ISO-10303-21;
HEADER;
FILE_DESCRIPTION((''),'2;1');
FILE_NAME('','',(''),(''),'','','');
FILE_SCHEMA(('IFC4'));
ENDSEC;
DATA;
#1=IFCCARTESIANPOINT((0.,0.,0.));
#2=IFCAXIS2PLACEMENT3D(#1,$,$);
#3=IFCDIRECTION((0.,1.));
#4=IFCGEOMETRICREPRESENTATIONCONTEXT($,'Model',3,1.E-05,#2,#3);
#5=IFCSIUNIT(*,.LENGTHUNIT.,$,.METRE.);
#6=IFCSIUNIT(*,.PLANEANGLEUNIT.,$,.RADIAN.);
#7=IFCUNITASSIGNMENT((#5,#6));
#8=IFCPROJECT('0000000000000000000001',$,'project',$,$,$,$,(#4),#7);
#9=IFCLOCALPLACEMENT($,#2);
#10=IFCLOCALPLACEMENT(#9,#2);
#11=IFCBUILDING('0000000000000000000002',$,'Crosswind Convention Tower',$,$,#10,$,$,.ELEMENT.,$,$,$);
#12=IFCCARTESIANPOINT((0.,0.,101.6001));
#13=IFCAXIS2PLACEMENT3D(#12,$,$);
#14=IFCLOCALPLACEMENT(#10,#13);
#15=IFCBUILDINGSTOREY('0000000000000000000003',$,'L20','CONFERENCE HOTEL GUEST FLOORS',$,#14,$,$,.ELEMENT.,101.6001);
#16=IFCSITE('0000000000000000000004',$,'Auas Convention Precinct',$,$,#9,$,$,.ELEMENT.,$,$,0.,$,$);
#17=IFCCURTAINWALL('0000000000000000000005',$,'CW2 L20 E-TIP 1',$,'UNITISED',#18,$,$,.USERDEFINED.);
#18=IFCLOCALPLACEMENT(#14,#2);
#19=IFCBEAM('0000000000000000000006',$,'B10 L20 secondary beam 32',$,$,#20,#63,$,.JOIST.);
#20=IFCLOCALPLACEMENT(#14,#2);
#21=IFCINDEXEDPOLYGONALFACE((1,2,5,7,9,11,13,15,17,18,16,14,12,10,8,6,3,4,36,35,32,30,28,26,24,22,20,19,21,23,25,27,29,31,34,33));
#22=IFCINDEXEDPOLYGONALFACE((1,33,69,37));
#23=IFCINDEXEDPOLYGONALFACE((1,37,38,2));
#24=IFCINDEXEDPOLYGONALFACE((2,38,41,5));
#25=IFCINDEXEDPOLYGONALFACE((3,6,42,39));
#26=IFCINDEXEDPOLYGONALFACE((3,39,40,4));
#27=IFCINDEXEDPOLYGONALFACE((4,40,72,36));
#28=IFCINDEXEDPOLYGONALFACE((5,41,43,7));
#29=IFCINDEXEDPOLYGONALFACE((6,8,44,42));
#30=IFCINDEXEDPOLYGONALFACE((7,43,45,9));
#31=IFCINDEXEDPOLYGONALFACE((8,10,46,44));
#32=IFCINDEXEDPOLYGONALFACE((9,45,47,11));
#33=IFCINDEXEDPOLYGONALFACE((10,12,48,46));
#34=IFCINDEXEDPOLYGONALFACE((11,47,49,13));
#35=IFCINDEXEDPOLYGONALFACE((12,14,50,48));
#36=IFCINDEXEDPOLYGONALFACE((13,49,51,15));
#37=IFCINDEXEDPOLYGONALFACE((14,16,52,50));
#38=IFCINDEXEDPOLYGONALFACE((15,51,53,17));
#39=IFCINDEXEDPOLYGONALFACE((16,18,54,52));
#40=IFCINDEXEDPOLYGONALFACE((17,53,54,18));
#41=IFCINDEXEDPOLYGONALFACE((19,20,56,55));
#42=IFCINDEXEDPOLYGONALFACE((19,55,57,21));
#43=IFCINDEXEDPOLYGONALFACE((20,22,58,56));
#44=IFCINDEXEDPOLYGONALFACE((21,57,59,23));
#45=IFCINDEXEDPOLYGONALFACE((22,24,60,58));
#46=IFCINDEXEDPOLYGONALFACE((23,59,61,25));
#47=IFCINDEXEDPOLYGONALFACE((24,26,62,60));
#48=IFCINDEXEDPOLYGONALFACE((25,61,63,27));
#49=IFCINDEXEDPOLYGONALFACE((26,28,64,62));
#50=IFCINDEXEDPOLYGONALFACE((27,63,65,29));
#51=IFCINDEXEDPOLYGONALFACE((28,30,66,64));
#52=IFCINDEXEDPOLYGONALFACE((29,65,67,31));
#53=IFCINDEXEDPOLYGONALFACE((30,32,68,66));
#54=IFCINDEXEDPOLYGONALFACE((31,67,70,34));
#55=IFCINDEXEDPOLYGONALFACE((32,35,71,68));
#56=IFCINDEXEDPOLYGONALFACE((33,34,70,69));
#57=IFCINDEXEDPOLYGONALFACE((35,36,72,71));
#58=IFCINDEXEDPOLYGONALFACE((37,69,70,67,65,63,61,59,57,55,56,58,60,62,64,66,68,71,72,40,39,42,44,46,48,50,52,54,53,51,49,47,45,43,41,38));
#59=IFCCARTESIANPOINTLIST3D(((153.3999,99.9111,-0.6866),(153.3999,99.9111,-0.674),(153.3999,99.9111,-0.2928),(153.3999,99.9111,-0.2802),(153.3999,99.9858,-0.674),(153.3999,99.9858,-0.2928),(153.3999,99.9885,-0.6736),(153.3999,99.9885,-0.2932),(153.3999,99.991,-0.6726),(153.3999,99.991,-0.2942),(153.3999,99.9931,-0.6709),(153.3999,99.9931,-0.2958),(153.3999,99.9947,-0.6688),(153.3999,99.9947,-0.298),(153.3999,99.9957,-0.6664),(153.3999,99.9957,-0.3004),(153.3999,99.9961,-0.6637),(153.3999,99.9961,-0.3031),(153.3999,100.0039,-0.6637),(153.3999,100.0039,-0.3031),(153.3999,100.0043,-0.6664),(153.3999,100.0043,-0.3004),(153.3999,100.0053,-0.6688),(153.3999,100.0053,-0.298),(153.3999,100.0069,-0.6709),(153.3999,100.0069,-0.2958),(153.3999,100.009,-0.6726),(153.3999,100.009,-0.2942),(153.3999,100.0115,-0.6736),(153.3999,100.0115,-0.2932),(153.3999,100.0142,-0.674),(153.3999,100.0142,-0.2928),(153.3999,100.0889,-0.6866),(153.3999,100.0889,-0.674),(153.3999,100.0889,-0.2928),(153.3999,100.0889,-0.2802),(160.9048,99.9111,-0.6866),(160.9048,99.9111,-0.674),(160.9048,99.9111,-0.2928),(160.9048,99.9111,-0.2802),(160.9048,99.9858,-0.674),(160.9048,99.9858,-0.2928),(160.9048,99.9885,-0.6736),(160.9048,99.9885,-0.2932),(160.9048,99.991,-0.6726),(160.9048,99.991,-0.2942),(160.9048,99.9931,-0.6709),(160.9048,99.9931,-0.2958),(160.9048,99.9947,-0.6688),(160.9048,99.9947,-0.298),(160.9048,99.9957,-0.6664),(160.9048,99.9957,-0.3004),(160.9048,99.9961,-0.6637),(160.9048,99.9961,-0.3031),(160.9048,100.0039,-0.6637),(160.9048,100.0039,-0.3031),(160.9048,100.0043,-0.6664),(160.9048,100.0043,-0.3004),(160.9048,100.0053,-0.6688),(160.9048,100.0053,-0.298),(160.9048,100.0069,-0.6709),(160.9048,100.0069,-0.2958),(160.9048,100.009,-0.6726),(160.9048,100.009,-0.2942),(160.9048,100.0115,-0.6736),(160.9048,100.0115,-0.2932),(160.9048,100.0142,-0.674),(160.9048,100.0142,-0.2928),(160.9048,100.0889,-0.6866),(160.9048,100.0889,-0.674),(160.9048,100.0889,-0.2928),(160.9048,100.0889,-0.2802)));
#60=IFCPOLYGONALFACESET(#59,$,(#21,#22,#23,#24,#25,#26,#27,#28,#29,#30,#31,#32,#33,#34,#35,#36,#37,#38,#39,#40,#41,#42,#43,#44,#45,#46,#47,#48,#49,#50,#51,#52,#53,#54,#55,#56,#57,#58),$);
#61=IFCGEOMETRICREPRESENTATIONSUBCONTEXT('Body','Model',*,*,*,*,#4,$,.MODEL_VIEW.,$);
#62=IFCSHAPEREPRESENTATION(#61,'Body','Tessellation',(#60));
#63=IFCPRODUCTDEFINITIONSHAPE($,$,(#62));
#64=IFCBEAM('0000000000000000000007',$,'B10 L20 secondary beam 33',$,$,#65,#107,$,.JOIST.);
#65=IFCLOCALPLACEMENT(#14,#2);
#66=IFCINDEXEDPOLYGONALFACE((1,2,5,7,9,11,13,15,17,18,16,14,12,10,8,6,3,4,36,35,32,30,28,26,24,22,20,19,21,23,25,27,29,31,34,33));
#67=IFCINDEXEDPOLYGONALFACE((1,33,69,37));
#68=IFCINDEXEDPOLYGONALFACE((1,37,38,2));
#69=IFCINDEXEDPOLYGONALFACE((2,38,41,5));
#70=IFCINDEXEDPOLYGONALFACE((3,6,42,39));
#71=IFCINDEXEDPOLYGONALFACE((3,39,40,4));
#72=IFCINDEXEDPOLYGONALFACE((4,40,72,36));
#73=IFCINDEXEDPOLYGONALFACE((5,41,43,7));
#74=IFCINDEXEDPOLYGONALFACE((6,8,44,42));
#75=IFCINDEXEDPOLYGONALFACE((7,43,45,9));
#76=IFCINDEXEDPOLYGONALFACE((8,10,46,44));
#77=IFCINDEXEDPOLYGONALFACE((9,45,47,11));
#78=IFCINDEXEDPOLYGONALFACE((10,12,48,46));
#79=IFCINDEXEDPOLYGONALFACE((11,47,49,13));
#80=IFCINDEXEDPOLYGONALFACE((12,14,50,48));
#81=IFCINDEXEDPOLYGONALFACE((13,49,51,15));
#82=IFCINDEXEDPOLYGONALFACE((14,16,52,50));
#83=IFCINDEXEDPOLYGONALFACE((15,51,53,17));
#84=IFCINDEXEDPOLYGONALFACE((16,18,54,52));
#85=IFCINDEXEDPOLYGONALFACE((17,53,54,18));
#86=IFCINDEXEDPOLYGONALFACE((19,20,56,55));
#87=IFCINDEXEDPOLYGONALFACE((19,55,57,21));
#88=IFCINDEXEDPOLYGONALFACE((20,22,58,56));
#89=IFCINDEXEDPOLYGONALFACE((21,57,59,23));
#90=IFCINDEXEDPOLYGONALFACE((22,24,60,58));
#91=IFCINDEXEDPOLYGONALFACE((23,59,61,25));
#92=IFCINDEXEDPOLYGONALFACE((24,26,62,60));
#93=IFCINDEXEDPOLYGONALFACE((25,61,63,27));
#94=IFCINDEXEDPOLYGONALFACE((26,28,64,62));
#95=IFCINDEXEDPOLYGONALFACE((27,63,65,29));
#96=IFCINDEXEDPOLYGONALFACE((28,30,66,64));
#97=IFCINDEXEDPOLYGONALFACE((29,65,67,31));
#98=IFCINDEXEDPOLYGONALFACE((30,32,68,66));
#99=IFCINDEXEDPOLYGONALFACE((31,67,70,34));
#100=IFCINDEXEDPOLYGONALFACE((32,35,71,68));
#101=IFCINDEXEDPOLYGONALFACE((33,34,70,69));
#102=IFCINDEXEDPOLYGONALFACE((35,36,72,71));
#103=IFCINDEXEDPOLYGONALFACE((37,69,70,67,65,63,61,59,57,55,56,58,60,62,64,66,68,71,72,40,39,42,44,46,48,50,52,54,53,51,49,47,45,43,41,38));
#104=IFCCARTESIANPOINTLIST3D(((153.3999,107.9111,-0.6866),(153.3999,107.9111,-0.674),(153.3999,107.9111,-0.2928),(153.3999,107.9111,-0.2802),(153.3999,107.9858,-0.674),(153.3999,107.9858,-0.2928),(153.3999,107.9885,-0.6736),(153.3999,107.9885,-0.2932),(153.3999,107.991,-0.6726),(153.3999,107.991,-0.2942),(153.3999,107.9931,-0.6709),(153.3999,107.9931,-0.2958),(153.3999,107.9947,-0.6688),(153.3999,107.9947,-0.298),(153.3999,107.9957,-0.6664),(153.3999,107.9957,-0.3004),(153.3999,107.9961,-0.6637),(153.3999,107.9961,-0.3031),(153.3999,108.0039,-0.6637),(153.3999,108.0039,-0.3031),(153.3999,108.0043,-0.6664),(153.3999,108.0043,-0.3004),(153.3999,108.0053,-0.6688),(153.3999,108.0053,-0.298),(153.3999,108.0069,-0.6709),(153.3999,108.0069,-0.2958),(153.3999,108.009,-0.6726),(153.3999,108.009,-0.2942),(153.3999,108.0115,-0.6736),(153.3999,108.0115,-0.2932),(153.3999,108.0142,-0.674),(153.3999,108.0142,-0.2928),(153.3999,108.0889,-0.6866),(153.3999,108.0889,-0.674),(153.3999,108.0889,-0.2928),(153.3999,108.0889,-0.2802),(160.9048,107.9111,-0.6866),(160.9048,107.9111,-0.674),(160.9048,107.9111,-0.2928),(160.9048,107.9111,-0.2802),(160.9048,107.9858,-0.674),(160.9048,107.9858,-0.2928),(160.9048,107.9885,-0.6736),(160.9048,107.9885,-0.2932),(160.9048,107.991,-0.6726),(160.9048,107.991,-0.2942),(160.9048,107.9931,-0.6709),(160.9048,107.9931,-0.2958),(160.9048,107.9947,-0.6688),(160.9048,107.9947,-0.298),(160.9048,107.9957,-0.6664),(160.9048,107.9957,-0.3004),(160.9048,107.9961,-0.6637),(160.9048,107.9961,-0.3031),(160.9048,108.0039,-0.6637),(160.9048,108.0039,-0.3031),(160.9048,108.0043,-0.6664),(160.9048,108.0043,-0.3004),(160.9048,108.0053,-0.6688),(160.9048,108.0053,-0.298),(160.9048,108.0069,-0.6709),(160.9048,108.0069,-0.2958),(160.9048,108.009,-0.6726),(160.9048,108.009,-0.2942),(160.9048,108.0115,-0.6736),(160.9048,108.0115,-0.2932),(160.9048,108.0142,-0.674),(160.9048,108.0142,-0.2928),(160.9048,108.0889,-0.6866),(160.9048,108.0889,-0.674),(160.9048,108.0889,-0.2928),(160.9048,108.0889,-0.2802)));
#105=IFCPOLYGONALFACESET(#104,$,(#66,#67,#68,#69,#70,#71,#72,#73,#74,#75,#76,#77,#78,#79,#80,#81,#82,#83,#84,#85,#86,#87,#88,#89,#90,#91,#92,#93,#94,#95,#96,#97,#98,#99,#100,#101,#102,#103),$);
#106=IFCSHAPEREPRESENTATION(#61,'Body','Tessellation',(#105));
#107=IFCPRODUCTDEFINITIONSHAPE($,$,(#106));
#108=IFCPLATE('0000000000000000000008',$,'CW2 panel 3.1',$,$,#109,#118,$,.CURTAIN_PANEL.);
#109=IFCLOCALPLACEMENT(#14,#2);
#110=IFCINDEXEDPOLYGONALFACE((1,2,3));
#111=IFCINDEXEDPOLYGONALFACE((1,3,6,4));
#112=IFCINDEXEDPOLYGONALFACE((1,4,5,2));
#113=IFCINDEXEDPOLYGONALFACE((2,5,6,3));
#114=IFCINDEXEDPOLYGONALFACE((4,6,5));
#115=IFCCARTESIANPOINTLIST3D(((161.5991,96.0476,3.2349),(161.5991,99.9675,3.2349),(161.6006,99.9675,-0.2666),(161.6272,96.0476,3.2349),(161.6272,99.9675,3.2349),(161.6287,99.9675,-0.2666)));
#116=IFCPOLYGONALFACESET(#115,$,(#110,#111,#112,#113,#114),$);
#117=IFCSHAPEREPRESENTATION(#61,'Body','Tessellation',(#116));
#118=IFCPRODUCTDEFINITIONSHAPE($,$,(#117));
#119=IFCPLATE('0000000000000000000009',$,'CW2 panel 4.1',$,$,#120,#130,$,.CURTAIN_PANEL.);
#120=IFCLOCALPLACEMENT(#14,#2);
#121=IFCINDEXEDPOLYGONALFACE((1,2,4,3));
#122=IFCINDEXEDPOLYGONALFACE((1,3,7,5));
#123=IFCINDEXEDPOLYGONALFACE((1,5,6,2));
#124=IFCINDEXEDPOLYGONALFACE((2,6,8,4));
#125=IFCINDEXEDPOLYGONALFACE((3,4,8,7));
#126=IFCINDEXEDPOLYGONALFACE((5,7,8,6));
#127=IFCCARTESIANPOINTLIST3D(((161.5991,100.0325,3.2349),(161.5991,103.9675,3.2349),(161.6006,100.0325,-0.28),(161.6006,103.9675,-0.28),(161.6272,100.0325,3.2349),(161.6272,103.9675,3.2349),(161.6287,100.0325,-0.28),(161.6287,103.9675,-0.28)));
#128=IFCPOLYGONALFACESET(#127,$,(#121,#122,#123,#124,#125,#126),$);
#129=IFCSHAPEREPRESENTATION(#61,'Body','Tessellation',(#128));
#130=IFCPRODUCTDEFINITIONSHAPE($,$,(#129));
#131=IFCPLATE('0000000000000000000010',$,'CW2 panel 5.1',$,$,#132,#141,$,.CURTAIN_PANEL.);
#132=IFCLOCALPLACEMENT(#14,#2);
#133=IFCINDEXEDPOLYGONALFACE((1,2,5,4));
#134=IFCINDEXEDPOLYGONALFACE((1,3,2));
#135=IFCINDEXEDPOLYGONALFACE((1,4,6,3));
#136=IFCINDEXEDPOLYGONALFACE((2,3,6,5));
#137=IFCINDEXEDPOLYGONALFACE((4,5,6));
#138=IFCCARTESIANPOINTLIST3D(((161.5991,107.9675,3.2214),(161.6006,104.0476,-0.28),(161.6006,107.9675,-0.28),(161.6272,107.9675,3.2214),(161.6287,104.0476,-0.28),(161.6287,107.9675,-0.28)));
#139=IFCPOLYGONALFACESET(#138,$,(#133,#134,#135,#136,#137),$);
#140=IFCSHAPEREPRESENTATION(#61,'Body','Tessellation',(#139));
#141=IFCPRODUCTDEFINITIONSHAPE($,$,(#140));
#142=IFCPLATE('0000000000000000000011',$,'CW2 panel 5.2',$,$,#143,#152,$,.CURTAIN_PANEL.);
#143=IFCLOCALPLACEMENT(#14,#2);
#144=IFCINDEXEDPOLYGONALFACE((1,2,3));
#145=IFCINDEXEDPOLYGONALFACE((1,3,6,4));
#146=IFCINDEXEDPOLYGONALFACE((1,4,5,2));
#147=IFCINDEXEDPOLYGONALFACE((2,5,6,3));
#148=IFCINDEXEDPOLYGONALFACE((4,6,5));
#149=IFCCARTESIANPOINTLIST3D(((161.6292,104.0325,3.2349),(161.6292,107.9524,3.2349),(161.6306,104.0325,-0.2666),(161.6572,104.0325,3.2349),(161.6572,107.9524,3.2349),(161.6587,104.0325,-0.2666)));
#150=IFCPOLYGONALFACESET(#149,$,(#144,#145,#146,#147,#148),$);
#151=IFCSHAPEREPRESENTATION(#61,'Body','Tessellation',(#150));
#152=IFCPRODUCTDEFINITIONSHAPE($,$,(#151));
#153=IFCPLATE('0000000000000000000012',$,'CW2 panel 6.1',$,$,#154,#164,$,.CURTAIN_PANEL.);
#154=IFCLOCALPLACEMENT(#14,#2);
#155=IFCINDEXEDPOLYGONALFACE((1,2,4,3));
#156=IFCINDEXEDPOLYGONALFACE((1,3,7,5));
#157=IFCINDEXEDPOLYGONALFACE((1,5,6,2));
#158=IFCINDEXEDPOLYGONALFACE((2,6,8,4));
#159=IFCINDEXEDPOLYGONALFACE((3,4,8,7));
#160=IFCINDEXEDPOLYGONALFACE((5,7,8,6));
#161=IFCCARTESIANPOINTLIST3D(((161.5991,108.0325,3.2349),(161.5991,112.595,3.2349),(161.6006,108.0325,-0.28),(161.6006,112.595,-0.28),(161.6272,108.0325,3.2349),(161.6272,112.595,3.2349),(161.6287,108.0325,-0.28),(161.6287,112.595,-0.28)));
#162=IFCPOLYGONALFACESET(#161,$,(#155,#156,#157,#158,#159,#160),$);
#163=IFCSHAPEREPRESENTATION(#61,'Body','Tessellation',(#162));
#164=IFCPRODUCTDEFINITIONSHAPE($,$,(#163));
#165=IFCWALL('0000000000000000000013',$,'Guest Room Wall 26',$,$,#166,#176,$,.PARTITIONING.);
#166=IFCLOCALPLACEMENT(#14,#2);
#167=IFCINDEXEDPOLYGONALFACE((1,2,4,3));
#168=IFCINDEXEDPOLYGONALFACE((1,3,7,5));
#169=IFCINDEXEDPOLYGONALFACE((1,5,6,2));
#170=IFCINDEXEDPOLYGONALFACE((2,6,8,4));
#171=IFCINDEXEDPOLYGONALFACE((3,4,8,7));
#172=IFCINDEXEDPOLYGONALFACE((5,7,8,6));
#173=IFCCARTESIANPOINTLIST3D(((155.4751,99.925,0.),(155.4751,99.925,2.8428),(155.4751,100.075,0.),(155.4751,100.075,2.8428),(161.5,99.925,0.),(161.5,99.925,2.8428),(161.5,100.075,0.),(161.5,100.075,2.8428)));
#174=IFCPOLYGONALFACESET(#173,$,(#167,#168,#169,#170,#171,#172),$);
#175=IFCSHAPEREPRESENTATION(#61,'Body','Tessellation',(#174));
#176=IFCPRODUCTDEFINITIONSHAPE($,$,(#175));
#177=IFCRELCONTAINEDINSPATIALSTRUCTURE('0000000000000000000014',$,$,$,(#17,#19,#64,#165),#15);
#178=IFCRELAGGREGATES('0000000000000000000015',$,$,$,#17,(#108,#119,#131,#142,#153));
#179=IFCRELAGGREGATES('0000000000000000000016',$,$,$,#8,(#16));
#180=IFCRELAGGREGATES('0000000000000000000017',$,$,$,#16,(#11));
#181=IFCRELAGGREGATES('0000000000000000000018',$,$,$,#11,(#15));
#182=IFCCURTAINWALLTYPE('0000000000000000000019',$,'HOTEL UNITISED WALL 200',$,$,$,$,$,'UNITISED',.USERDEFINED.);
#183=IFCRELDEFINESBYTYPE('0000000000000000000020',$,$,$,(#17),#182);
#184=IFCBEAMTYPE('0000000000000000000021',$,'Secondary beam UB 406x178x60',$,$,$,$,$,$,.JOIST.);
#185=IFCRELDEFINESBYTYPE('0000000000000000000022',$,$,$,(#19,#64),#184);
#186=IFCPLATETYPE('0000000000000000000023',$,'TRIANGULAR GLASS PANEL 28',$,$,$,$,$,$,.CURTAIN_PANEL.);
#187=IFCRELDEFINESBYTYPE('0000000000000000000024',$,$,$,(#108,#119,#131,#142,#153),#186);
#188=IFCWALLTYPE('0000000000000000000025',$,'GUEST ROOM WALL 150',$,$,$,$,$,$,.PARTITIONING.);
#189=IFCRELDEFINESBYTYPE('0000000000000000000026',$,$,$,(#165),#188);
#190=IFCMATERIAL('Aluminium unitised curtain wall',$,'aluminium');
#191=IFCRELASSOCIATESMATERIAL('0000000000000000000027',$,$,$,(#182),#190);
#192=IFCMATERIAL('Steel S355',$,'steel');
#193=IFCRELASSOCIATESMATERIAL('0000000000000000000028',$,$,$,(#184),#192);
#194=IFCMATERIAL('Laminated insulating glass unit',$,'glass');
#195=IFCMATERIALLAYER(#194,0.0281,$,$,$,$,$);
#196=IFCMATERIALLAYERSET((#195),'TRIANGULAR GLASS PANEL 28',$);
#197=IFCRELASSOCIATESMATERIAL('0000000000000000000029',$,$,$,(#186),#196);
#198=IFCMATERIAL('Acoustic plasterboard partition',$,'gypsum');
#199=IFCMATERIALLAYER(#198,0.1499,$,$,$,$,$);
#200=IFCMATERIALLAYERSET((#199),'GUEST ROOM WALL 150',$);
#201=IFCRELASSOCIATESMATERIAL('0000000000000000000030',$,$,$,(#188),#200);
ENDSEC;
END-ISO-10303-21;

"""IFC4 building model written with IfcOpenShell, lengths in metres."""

from ifc_helpers import new_model, si_unit, direction, frame, frame_2d, origin, origin_2d, place, context, subcontext, project, spatial, polyline, rectangle, i_section, outline, extrude, material, layer, layer_set, material_profile, profile_set, type_object, element, aggregate, save


model = new_model("IFC4")

# Units and contexts
model_context = context("Model", 3, precision=1e-05, world=origin(), true_north=direction((0.0, 1.0)))
body_context = subcontext(model_context, "Body", "Model", "MODEL_VIEW")
ifc_project = project(units=[si_unit("LENGTHUNIT", "METRE"), si_unit("PLANEANGLEUNIT", "RADIAN")], contexts=[model_context])

# Site, building, storey
site_placement = place(None, origin())
site = spatial("IfcSite", under=ifc_project, at=site_placement, Name="Auas Convention Precinct", CompositionType="ELEMENT", RefElevation=0.0)
building_placement = place(site_placement, origin())
building = spatial("IfcBuilding", under=site, at=building_placement, Name="Crosswind Convention Tower", CompositionType="ELEMENT")
storey_placement = place(building_placement, frame((0.0, 0.0, 101.6001)))
storey = spatial("IfcBuildingStorey", under=building, at=storey_placement, Name="L20", Description="CONFERENCE HOTEL GUEST FLOORS", CompositionType="ELEMENT", Elevation=101.6001)

# Shared definitions
ifc_material_1 = material(Name="Steel S355", Category="steel")

# Curtain wall
ifc_material_2 = material(Name="Aluminium unitised curtain wall", Category="aluminium")
curtain_wall_type = type_object("IfcCurtainWallType", Name="HOTEL UNITISED WALL 200", ElementType="UNITISED", PredefinedType="USERDEFINED", material=ifc_material_2)
curtain_wall_placement = place(storey_placement, origin())
curtain_wall = element("IfcCurtainWall", 1, at=curtain_wall_placement, inside=storey, type_object=curtain_wall_type, Name="CW2 L20 E-TIP 1", ObjectType="UNITISED", PredefinedType="USERDEFINED")

# Beams
ifc_material_profile_1 = material_profile(ifc_material_1, i_section(OverallWidth=0.1777, OverallDepth=0.4065, WebThickness=0.0078, FlangeThickness=0.0127, FilletRadius=0.0103, at=origin_2d()), Name="UB 406x178x60")
ifc_profile_set_1 = profile_set([ifc_material_profile_1], Name="Steel S355")
beam_type_1 = type_object("IfcBeamType", Name="Secondary beam UB 406x178x60", PredefinedType="JOIST", material=ifc_profile_set_1)
for number, where, z_axis, x_axis, name in (
    (2, (153.3999, 100.0, -0.4834), (1.0, 0.0, 0.0), (0.0, 1.0, 0.0), "B10 L20 secondary beam 32"),
    (3, (153.3999, 108.0, -0.4834), (1.0, 0.0, 0.0), (0.0, 1.0, 0.0), "B10 L20 secondary beam 33"),
):
    element("IfcBeam", number, at=place(storey_placement, frame(where, z_axis=z_axis, x_axis=x_axis)), inside=storey, type_object=beam_type_1, Name=name, PredefinedType="JOIST", context=body_context, shape_type="SweptSolid", body=[
        extrude(i_section(OverallWidth=0.1777, OverallDepth=0.4065, WebThickness=0.0078, FlangeThickness=0.0127, FilletRadius=0.0103, at=origin_2d()), origin(), (0.0, 0.0, 1.0), 7.5049),
    ])

# Plates
ifc_material_3 = material(Name="Laminated insulating glass unit", Category="glass")
ifc_layer_1 = layer(ifc_material_3, 0.0281)
ifc_layer_set_1 = layer_set([ifc_layer_1], Name="TRIANGULAR GLASS PANEL 28")
plate_type = type_object("IfcPlateType", Name="TRIANGULAR GLASS PANEL 28", PredefinedType="CURTAIN_PANEL", material=ifc_layer_set_1)
plate_1_placement = place(storey_placement, frame((161.6272, 99.9675, 3.2349), z_axis=(1.0, 0.0, 0.000418), x_axis=(0.0, -1.0, 0.0)))
plate_1 = element("IfcPlate", 4, at=plate_1_placement, type_object=plate_type, Name="CW2 panel 3.1", PredefinedType="CURTAIN_PANEL", context=body_context, shape_type="SweptSolid", body=[
    extrude(outline(polyline([(0.0, 0.0), (3.9199, 0.0), (0.0, 3.5015), (0.0, 0.0)])), origin(), (0.0, 0.0, -1.0), 0.0281),
])
plate_2_placement = place(storey_placement, frame((161.6287, 100.0325, -0.28), z_axis=(1.0, 0.0, 0.000417), x_axis=(0.0, 1.0, 0.0)))
plate_2 = element("IfcPlate", 5, at=plate_2_placement, type_object=plate_type, Name="CW2 panel 4.1", PredefinedType="CURTAIN_PANEL", context=body_context, shape_type="SweptSolid", body=[
    extrude(outline(polyline([(0.0, 0.0), (3.9351, 0.0), (3.9351, 3.5149), (0.0, 3.5149), (0.0, 0.0)])), origin(), (0.0, 0.0, -1.0), 0.0281),
])
plate_3_placement = place(storey_placement, frame((161.6287, 107.9675, -0.28), z_axis=(1.0, 0.0, 0.000418), x_axis=(-0.000418, 0.0, 1.0)))
plate_3 = element("IfcPlate", 6, at=plate_3_placement, type_object=plate_type, Name="CW2 panel 5.1", PredefinedType="CURTAIN_PANEL", context=body_context, shape_type="SweptSolid", body=[
    extrude(outline(polyline([(0.0, 0.0), (3.5015, 0.0), (0.0, 3.9199), (0.0, 0.0)])), origin(), (0.0, 0.0, -1.0), 0.0281),
])
plate_4_placement = place(storey_placement, frame((161.6572, 104.0325, 3.2349), z_axis=(1.0, 0.0, 0.000418), x_axis=(0.000418, 0.0, -1.0)))
plate_4 = element("IfcPlate", 7, at=plate_4_placement, type_object=plate_type, Name="CW2 panel 5.2", PredefinedType="CURTAIN_PANEL", context=body_context, shape_type="SweptSolid", body=[
    extrude(outline(polyline([(0.0, 0.0), (3.5015, 0.0), (0.0, 3.9199), (0.0, 0.0)])), origin(), (0.0, 0.0, -1.0), 0.0281),
])
plate_5_placement = place(storey_placement, frame((161.6287, 108.0325, -0.28), z_axis=(1.0, 0.0, 0.000417), x_axis=(0.0, 1.0, 0.0)))
plate_5 = element("IfcPlate", 8, at=plate_5_placement, type_object=plate_type, Name="CW2 panel 6.1", PredefinedType="CURTAIN_PANEL", context=body_context, shape_type="SweptSolid", body=[
    extrude(outline(polyline([(0.0, 0.0), (4.5625, 0.0), (4.5625, 3.5149), (0.0, 3.5149), (0.0, 0.0)])), origin(), (0.0, 0.0, -1.0), 0.0281),
])
aggregate(curtain_wall, [plate_1, plate_2, plate_3, plate_4, plate_5])

# Wall
ifc_material_4 = material(Name="Acoustic plasterboard partition", Category="gypsum")
ifc_layer_2 = layer(ifc_material_4, 0.1499)
ifc_layer_set_2 = layer_set([ifc_layer_2], Name="GUEST ROOM WALL 150")
wall_type_1 = type_object("IfcWallType", Name="GUEST ROOM WALL 150", PredefinedType="PARTITIONING", material=ifc_layer_set_2)
wall_1_placement = place(storey_placement, frame((155.4751, 100.0, 0.0), z_axis=(0.0, 0.0, 1.0), x_axis=(1.0, 0.0, 0.0)))
element("IfcWall", 9, at=wall_1_placement, inside=storey, type_object=wall_type_1, Name="Guest Room Wall 26", PredefinedType="PARTITIONING", context=body_context, shape_type="SweptSolid", body=[
    extrude(rectangle(XDim=6.0249, YDim=0.1499, at=frame_2d((3.0125, 0.0))), origin(), (0.0, 0.0, 1.0), 2.8428),
])

save(model, "model.ifc")
